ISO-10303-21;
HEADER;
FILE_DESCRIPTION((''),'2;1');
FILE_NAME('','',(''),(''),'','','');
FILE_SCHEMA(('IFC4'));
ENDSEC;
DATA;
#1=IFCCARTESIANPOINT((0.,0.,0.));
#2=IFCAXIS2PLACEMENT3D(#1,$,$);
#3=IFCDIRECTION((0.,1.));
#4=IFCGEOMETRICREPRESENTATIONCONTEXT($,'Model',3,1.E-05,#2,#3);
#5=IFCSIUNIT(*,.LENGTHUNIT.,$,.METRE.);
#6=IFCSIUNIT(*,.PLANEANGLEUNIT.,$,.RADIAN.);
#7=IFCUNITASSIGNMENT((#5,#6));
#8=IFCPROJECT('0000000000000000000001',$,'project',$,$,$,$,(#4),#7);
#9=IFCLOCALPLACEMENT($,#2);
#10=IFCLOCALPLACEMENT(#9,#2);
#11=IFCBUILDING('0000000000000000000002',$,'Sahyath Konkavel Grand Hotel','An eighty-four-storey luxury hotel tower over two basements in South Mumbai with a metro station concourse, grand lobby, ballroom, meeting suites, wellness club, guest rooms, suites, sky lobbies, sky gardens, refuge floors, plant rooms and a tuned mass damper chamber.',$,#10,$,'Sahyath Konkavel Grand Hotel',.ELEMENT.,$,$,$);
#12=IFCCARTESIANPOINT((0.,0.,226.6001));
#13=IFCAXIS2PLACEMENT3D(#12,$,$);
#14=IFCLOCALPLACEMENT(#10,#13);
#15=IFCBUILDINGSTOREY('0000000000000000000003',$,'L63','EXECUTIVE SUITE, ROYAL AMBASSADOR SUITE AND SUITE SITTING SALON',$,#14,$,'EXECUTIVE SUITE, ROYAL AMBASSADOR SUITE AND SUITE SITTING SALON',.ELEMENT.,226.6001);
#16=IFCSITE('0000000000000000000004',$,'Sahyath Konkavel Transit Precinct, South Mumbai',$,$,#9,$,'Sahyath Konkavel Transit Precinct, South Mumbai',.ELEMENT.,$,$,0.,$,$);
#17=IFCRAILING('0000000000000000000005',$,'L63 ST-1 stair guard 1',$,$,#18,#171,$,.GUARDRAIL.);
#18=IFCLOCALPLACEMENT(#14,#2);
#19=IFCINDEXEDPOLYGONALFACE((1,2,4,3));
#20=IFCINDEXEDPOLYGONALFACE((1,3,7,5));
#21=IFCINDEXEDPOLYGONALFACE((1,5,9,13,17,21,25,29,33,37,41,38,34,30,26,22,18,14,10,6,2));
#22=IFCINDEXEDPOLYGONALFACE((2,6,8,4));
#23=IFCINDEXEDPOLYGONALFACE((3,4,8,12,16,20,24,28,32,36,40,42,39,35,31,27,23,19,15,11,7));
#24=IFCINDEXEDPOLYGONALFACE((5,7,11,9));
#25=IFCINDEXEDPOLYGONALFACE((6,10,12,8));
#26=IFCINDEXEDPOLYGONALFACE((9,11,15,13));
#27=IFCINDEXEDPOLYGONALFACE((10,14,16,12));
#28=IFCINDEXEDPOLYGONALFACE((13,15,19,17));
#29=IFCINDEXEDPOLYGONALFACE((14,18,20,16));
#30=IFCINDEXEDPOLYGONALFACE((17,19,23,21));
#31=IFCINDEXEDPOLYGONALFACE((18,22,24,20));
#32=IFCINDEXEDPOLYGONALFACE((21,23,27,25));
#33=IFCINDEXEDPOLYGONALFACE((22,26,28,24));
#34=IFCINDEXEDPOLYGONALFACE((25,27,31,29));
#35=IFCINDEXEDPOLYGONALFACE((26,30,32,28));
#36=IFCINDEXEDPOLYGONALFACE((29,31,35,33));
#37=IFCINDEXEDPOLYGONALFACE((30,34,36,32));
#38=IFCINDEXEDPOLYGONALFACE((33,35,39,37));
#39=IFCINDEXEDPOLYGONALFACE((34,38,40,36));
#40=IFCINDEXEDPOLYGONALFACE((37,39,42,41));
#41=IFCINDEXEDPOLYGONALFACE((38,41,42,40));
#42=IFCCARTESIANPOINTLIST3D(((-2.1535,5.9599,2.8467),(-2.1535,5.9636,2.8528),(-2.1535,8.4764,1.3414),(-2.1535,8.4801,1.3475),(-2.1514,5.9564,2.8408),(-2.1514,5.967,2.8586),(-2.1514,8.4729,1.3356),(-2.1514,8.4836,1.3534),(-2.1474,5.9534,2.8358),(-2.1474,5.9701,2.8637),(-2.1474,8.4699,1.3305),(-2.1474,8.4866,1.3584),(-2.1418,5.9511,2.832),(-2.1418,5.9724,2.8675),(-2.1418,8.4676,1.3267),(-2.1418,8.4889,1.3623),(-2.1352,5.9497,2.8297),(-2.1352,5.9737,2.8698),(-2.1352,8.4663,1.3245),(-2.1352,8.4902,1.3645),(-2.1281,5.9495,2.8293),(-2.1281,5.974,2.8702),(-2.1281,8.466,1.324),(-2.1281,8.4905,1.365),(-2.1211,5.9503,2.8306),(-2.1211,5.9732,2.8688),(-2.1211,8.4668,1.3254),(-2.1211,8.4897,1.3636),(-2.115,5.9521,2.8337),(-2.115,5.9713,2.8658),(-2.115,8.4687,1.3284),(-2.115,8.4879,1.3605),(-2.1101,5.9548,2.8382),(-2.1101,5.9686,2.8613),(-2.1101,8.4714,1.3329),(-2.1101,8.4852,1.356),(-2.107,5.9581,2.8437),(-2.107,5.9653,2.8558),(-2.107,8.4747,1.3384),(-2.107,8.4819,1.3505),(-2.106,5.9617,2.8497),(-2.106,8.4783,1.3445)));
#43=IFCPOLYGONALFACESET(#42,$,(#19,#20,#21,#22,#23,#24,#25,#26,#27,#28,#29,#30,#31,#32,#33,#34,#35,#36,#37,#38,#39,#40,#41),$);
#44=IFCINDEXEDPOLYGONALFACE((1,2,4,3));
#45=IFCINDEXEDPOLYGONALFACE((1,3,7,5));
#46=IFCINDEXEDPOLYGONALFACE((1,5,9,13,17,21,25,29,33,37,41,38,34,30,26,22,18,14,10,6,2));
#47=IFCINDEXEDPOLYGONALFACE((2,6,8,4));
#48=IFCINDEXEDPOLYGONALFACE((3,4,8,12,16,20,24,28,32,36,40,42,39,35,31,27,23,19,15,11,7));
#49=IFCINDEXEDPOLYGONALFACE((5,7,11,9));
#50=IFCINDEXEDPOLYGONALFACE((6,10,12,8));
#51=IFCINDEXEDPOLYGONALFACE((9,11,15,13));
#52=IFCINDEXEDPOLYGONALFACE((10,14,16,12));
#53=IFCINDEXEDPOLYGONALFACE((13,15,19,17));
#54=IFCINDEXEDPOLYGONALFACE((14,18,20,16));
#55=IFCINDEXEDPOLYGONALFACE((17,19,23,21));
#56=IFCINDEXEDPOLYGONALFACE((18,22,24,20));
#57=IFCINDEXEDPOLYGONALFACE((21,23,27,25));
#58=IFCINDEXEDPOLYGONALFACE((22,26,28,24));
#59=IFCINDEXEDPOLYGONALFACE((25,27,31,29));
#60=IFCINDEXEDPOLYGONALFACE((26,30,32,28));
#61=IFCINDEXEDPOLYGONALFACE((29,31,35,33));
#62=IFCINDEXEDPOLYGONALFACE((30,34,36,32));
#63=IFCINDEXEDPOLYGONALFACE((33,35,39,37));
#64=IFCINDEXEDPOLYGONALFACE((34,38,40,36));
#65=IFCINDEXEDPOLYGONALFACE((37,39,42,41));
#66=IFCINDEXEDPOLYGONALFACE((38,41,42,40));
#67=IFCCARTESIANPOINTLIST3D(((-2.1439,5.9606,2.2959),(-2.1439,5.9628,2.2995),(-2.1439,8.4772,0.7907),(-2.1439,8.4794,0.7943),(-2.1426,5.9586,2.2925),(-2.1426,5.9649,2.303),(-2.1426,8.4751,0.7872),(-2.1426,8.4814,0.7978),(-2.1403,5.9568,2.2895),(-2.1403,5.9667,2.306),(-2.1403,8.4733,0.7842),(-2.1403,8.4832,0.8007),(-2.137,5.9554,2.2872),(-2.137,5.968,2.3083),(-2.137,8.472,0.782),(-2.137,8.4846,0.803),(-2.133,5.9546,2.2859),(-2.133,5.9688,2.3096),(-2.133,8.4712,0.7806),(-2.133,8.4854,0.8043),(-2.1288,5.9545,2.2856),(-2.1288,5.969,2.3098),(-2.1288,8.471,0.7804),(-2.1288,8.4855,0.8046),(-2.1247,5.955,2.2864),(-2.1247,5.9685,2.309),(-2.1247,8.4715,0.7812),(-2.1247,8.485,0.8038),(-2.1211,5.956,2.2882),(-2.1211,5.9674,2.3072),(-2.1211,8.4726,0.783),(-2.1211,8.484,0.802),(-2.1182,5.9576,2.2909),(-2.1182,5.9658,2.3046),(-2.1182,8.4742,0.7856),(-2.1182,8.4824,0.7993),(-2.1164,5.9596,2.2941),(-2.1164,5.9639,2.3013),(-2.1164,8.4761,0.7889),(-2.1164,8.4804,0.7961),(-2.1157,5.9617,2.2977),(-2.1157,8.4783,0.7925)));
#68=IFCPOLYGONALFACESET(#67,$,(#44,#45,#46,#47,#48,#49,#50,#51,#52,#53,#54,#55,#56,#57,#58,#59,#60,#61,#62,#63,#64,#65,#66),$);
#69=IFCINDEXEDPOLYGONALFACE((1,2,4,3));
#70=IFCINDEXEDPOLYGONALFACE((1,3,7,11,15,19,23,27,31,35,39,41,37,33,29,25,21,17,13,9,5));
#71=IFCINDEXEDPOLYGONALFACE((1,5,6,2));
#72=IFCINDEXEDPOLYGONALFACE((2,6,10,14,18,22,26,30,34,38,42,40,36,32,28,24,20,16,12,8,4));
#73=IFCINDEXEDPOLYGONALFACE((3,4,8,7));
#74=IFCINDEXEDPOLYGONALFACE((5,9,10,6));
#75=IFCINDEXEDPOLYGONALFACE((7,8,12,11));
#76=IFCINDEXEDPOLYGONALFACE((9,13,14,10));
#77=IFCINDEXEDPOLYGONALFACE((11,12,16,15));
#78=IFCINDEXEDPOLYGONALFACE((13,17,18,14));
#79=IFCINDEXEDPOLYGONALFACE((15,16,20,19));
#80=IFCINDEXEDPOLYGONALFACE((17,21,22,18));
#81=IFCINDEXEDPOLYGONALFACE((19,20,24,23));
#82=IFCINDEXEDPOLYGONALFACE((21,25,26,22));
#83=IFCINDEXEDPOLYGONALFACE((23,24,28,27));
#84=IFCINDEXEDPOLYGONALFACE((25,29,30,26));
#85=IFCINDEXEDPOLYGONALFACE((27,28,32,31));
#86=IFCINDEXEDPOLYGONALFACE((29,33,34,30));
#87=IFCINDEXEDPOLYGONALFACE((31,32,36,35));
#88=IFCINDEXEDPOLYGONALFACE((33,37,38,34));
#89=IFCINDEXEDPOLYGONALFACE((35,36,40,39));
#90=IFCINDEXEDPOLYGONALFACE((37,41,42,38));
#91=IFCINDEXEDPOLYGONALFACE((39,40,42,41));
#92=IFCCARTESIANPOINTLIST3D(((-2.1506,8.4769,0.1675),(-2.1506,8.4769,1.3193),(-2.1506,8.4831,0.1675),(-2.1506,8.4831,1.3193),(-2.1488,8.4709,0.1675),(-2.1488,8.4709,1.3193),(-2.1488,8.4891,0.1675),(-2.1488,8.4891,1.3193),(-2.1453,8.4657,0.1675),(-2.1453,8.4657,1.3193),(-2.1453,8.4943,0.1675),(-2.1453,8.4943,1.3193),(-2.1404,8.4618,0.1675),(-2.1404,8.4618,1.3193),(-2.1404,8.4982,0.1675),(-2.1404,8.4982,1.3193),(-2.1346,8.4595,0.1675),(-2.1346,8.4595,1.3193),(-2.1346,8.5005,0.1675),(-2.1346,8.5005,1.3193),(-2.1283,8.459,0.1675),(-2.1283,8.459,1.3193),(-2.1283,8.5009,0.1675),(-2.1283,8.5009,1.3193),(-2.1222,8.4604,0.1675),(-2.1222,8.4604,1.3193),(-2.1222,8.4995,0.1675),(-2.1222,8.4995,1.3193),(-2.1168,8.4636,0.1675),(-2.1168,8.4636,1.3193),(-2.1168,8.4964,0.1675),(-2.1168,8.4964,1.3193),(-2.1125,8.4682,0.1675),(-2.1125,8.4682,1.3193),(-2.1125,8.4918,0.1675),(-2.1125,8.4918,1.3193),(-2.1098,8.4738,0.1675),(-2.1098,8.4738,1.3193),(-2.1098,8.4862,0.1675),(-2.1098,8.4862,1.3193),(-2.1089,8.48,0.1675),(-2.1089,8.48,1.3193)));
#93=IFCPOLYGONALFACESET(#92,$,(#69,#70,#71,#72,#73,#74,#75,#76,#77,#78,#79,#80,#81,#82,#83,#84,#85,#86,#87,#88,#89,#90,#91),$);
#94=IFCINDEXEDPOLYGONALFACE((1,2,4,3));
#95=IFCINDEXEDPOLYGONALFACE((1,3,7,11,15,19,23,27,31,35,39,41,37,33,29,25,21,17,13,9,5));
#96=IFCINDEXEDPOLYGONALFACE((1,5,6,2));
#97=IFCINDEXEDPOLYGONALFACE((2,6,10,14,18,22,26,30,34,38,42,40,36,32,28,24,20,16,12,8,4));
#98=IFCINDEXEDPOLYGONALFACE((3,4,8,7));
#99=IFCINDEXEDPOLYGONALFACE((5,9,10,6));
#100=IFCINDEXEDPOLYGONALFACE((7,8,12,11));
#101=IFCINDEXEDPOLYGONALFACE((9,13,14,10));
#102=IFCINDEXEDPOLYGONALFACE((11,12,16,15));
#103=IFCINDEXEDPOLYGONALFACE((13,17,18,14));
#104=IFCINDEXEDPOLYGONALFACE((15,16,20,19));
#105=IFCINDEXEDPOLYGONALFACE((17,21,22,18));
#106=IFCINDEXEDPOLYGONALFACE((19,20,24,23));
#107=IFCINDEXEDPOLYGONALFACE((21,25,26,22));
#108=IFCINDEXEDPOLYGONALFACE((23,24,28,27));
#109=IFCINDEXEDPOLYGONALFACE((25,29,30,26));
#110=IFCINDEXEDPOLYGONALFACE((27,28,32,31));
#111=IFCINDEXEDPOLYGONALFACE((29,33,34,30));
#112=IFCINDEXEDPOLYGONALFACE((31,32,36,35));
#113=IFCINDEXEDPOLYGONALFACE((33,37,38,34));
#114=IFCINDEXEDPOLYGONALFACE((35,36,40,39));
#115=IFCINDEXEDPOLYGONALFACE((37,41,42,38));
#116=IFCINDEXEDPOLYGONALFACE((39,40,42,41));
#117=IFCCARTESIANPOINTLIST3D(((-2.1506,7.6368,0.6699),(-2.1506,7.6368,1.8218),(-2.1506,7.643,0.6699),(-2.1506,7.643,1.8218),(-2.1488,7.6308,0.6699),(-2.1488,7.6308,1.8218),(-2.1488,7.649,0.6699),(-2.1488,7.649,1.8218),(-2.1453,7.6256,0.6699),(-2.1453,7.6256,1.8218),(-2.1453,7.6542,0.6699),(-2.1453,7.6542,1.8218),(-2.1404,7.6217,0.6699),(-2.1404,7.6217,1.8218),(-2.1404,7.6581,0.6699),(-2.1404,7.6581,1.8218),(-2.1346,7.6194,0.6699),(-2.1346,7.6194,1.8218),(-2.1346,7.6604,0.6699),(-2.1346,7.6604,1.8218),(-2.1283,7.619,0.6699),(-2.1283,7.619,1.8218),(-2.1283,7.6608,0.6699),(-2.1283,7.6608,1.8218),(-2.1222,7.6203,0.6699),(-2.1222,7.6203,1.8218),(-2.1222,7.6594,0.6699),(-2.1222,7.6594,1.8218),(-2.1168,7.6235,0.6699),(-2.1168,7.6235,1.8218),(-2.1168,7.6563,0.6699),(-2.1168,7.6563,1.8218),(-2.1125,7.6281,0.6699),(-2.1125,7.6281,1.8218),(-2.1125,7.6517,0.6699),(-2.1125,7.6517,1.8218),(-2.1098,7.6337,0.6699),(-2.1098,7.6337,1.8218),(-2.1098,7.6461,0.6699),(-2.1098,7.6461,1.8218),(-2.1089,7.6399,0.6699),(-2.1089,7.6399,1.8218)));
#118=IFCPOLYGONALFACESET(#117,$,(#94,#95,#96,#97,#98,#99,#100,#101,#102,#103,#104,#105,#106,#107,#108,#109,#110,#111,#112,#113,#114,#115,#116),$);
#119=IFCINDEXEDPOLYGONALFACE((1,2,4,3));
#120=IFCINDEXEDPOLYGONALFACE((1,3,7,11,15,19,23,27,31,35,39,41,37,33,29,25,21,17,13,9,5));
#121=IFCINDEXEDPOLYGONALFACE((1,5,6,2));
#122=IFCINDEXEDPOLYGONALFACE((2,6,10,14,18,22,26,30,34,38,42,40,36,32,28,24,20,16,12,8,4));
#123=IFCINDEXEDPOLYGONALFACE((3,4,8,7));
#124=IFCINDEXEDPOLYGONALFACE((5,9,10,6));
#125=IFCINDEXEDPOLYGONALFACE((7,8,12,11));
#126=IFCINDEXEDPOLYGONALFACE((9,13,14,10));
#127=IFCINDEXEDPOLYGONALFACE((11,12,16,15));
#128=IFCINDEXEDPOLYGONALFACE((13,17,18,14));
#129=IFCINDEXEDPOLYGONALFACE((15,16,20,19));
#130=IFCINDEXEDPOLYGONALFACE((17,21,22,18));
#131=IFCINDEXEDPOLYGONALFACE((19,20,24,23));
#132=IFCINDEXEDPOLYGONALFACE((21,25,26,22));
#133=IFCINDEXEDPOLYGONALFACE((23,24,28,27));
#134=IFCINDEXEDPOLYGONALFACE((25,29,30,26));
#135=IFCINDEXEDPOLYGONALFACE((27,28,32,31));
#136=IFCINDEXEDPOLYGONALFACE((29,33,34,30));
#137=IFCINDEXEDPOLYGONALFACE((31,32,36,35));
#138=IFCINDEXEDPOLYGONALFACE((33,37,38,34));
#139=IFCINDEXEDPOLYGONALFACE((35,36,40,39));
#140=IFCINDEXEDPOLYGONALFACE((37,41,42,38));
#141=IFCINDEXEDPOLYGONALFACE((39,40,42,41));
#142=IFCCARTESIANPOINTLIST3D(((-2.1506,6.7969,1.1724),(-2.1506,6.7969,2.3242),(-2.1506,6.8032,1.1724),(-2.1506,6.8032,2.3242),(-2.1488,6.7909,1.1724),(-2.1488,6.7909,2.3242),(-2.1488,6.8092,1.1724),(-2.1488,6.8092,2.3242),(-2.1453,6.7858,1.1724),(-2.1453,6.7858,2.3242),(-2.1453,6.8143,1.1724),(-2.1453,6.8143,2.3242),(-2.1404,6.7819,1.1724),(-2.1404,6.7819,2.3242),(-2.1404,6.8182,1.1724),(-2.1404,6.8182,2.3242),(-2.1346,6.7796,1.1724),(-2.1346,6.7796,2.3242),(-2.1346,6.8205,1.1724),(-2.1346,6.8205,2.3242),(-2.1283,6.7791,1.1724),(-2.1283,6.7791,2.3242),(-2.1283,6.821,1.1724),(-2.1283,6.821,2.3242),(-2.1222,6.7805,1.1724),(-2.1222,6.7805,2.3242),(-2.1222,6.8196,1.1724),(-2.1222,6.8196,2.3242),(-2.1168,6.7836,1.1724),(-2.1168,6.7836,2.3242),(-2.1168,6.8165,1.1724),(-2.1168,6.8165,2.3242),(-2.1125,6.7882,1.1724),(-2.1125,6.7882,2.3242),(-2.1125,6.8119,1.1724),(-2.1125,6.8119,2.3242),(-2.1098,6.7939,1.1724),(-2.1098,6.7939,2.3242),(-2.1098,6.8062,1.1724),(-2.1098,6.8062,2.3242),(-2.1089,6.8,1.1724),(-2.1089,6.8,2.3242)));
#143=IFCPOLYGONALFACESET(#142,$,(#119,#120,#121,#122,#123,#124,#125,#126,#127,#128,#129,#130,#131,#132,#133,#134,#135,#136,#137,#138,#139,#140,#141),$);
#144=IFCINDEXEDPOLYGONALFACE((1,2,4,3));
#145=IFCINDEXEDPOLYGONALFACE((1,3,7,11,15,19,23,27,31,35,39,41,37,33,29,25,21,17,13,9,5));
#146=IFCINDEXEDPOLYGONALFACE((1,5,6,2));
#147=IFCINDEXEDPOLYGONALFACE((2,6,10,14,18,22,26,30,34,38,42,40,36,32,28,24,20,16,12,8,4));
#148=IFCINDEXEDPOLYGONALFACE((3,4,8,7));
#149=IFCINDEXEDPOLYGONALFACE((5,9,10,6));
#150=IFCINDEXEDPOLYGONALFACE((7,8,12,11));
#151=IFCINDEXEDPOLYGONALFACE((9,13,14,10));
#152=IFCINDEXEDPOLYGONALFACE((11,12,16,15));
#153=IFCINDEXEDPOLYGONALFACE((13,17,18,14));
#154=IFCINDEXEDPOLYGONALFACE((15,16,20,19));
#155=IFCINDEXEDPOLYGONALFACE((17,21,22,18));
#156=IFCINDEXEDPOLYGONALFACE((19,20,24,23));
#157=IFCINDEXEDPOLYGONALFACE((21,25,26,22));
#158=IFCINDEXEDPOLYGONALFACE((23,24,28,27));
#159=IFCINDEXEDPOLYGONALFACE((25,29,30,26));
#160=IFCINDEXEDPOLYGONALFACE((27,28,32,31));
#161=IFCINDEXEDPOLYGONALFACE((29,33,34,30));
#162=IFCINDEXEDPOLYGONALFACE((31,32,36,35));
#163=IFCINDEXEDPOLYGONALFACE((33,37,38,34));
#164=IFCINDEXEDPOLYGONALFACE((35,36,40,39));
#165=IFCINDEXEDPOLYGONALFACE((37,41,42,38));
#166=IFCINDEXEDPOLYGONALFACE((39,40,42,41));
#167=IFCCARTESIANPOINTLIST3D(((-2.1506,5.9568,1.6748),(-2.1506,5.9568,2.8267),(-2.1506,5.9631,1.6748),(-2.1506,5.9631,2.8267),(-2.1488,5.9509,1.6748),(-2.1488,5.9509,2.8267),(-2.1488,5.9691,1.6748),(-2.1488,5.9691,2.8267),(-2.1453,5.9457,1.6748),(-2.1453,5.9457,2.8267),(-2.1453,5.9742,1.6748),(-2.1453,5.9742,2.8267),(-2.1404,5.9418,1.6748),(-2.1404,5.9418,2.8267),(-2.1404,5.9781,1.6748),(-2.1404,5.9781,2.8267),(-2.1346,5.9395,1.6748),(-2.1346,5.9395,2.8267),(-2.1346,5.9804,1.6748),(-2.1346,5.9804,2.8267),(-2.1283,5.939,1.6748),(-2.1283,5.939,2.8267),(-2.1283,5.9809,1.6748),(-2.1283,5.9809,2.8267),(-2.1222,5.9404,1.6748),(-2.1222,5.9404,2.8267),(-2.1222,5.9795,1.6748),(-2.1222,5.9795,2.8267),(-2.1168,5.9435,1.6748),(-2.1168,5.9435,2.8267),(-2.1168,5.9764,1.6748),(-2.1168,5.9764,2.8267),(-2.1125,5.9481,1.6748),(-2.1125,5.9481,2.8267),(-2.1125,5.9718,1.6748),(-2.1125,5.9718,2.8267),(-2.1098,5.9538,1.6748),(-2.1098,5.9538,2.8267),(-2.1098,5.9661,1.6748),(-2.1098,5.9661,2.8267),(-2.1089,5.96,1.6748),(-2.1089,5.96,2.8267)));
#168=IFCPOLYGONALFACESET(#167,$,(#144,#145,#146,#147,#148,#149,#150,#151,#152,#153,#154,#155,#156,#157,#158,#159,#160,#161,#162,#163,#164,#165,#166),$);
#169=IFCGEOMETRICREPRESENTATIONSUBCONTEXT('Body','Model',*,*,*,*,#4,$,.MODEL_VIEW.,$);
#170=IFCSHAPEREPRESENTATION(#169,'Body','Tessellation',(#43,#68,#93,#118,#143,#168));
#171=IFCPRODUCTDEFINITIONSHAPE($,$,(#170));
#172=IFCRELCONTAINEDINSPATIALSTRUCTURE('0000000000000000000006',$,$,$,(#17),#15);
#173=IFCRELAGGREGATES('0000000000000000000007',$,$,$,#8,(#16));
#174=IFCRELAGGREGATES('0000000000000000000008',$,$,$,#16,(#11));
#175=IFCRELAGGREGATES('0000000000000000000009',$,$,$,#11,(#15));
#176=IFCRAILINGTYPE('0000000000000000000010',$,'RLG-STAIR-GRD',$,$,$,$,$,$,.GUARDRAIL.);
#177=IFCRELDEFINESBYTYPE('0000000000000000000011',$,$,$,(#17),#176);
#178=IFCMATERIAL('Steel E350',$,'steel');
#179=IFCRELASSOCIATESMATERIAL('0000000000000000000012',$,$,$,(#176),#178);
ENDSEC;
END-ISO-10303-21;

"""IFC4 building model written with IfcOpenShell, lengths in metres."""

from ifc_helpers import new_model, si_unit, direction, frame, origin, origin_2d, place, context, subcontext, project, spatial, circle, extrude, material, type_object, element, save


model = new_model("IFC4")

# Units and contexts
model_context = context("Model", 3, precision=1e-05, world=origin(), true_north=direction((0.0, 1.0)))
body_context = subcontext(model_context, "Body", "Model", "MODEL_VIEW")
ifc_project = project(units=[si_unit("LENGTHUNIT", "METRE"), si_unit("PLANEANGLEUNIT", "RADIAN")], contexts=[model_context])

# Site, building, storey
site_placement = place(None, origin())
site = spatial("IfcSite", under=ifc_project, at=site_placement, Name="Sahyath Konkavel Transit Precinct, South Mumbai", LongName="Sahyath Konkavel Transit Precinct, South Mumbai", CompositionType="ELEMENT", RefElevation=0.0)
building_placement = place(site_placement, origin())
building = spatial("IfcBuilding", under=site, at=building_placement, Name="Sahyath Konkavel Grand Hotel", Description="An eighty-four-storey luxury hotel tower over two basements in South Mumbai with a metro station concourse, grand lobby, ballroom, meeting suites, wellness club, guest rooms, suites, sky lobbies, sky gardens, refuge floors, plant rooms and a tuned mass damper chamber.", LongName="Sahyath Konkavel Grand Hotel", CompositionType="ELEMENT")
storey_placement = place(building_placement, frame((0.0, 0.0, 226.6001)))
storey = spatial("IfcBuildingStorey", under=building, at=storey_placement, Name="L63", Description="EXECUTIVE SUITE, ROYAL AMBASSADOR SUITE AND SUITE SITTING SALON", LongName="EXECUTIVE SUITE, ROYAL AMBASSADOR SUITE AND SUITE SITTING SALON", CompositionType="ELEMENT", Elevation=226.6001)

# Shared definitions
ifc_material_1 = material(Name="Steel E350", Category="steel")

# Railing
railing_type = type_object("IfcRailingType", Name="RLG-STAIR-GRD", PredefinedType="GUARDRAIL", material=ifc_material_1)
railing_1_placement = place(storey_placement, frame((-2.1299, 8.48, 0.1675)))
element("IfcRailing", 1, at=railing_1_placement, inside=storey, type_object=railing_type, Name="L63 ST-1 stair guard 1", PredefinedType="GUARDRAIL", context=body_context, shape_type="SweptSolid", body=[
    extrude(circle(Radius=0.0239, at=origin_2d()), frame((0.0, -0.0017, 1.177), z_axis=(0.0, -0.858196, 0.513321), x_axis=(1.0, 0.0, 0.0)), (0.0, 0.0, 1.0), 2.9324),
    extrude(circle(Radius=0.0142, at=origin_2d()), frame((0.0, -0.0017, 0.625), z_axis=(0.0, -0.858196, 0.513321), x_axis=(1.0, 0.0, 0.0)), (0.0, 0.0, 1.0), 2.9324),
    extrude(circle(Radius=0.021, at=origin_2d()), origin(), (0.0, 0.0, 1.0), 1.1519),
    extrude(circle(Radius=0.021, at=origin_2d()), frame((0.0, -0.8401, 0.5024)), (0.0, 0.0, 1.0), 1.1519),
    extrude(circle(Radius=0.021, at=origin_2d()), frame((0.0, -1.6799, 1.0049)), (0.0, 0.0, 1.0), 1.1519),
    extrude(circle(Radius=0.021, at=origin_2d()), frame((0.0, -2.52, 1.5073)), (0.0, 0.0, 1.0), 1.1519),
])

save(model, "model.ifc")
